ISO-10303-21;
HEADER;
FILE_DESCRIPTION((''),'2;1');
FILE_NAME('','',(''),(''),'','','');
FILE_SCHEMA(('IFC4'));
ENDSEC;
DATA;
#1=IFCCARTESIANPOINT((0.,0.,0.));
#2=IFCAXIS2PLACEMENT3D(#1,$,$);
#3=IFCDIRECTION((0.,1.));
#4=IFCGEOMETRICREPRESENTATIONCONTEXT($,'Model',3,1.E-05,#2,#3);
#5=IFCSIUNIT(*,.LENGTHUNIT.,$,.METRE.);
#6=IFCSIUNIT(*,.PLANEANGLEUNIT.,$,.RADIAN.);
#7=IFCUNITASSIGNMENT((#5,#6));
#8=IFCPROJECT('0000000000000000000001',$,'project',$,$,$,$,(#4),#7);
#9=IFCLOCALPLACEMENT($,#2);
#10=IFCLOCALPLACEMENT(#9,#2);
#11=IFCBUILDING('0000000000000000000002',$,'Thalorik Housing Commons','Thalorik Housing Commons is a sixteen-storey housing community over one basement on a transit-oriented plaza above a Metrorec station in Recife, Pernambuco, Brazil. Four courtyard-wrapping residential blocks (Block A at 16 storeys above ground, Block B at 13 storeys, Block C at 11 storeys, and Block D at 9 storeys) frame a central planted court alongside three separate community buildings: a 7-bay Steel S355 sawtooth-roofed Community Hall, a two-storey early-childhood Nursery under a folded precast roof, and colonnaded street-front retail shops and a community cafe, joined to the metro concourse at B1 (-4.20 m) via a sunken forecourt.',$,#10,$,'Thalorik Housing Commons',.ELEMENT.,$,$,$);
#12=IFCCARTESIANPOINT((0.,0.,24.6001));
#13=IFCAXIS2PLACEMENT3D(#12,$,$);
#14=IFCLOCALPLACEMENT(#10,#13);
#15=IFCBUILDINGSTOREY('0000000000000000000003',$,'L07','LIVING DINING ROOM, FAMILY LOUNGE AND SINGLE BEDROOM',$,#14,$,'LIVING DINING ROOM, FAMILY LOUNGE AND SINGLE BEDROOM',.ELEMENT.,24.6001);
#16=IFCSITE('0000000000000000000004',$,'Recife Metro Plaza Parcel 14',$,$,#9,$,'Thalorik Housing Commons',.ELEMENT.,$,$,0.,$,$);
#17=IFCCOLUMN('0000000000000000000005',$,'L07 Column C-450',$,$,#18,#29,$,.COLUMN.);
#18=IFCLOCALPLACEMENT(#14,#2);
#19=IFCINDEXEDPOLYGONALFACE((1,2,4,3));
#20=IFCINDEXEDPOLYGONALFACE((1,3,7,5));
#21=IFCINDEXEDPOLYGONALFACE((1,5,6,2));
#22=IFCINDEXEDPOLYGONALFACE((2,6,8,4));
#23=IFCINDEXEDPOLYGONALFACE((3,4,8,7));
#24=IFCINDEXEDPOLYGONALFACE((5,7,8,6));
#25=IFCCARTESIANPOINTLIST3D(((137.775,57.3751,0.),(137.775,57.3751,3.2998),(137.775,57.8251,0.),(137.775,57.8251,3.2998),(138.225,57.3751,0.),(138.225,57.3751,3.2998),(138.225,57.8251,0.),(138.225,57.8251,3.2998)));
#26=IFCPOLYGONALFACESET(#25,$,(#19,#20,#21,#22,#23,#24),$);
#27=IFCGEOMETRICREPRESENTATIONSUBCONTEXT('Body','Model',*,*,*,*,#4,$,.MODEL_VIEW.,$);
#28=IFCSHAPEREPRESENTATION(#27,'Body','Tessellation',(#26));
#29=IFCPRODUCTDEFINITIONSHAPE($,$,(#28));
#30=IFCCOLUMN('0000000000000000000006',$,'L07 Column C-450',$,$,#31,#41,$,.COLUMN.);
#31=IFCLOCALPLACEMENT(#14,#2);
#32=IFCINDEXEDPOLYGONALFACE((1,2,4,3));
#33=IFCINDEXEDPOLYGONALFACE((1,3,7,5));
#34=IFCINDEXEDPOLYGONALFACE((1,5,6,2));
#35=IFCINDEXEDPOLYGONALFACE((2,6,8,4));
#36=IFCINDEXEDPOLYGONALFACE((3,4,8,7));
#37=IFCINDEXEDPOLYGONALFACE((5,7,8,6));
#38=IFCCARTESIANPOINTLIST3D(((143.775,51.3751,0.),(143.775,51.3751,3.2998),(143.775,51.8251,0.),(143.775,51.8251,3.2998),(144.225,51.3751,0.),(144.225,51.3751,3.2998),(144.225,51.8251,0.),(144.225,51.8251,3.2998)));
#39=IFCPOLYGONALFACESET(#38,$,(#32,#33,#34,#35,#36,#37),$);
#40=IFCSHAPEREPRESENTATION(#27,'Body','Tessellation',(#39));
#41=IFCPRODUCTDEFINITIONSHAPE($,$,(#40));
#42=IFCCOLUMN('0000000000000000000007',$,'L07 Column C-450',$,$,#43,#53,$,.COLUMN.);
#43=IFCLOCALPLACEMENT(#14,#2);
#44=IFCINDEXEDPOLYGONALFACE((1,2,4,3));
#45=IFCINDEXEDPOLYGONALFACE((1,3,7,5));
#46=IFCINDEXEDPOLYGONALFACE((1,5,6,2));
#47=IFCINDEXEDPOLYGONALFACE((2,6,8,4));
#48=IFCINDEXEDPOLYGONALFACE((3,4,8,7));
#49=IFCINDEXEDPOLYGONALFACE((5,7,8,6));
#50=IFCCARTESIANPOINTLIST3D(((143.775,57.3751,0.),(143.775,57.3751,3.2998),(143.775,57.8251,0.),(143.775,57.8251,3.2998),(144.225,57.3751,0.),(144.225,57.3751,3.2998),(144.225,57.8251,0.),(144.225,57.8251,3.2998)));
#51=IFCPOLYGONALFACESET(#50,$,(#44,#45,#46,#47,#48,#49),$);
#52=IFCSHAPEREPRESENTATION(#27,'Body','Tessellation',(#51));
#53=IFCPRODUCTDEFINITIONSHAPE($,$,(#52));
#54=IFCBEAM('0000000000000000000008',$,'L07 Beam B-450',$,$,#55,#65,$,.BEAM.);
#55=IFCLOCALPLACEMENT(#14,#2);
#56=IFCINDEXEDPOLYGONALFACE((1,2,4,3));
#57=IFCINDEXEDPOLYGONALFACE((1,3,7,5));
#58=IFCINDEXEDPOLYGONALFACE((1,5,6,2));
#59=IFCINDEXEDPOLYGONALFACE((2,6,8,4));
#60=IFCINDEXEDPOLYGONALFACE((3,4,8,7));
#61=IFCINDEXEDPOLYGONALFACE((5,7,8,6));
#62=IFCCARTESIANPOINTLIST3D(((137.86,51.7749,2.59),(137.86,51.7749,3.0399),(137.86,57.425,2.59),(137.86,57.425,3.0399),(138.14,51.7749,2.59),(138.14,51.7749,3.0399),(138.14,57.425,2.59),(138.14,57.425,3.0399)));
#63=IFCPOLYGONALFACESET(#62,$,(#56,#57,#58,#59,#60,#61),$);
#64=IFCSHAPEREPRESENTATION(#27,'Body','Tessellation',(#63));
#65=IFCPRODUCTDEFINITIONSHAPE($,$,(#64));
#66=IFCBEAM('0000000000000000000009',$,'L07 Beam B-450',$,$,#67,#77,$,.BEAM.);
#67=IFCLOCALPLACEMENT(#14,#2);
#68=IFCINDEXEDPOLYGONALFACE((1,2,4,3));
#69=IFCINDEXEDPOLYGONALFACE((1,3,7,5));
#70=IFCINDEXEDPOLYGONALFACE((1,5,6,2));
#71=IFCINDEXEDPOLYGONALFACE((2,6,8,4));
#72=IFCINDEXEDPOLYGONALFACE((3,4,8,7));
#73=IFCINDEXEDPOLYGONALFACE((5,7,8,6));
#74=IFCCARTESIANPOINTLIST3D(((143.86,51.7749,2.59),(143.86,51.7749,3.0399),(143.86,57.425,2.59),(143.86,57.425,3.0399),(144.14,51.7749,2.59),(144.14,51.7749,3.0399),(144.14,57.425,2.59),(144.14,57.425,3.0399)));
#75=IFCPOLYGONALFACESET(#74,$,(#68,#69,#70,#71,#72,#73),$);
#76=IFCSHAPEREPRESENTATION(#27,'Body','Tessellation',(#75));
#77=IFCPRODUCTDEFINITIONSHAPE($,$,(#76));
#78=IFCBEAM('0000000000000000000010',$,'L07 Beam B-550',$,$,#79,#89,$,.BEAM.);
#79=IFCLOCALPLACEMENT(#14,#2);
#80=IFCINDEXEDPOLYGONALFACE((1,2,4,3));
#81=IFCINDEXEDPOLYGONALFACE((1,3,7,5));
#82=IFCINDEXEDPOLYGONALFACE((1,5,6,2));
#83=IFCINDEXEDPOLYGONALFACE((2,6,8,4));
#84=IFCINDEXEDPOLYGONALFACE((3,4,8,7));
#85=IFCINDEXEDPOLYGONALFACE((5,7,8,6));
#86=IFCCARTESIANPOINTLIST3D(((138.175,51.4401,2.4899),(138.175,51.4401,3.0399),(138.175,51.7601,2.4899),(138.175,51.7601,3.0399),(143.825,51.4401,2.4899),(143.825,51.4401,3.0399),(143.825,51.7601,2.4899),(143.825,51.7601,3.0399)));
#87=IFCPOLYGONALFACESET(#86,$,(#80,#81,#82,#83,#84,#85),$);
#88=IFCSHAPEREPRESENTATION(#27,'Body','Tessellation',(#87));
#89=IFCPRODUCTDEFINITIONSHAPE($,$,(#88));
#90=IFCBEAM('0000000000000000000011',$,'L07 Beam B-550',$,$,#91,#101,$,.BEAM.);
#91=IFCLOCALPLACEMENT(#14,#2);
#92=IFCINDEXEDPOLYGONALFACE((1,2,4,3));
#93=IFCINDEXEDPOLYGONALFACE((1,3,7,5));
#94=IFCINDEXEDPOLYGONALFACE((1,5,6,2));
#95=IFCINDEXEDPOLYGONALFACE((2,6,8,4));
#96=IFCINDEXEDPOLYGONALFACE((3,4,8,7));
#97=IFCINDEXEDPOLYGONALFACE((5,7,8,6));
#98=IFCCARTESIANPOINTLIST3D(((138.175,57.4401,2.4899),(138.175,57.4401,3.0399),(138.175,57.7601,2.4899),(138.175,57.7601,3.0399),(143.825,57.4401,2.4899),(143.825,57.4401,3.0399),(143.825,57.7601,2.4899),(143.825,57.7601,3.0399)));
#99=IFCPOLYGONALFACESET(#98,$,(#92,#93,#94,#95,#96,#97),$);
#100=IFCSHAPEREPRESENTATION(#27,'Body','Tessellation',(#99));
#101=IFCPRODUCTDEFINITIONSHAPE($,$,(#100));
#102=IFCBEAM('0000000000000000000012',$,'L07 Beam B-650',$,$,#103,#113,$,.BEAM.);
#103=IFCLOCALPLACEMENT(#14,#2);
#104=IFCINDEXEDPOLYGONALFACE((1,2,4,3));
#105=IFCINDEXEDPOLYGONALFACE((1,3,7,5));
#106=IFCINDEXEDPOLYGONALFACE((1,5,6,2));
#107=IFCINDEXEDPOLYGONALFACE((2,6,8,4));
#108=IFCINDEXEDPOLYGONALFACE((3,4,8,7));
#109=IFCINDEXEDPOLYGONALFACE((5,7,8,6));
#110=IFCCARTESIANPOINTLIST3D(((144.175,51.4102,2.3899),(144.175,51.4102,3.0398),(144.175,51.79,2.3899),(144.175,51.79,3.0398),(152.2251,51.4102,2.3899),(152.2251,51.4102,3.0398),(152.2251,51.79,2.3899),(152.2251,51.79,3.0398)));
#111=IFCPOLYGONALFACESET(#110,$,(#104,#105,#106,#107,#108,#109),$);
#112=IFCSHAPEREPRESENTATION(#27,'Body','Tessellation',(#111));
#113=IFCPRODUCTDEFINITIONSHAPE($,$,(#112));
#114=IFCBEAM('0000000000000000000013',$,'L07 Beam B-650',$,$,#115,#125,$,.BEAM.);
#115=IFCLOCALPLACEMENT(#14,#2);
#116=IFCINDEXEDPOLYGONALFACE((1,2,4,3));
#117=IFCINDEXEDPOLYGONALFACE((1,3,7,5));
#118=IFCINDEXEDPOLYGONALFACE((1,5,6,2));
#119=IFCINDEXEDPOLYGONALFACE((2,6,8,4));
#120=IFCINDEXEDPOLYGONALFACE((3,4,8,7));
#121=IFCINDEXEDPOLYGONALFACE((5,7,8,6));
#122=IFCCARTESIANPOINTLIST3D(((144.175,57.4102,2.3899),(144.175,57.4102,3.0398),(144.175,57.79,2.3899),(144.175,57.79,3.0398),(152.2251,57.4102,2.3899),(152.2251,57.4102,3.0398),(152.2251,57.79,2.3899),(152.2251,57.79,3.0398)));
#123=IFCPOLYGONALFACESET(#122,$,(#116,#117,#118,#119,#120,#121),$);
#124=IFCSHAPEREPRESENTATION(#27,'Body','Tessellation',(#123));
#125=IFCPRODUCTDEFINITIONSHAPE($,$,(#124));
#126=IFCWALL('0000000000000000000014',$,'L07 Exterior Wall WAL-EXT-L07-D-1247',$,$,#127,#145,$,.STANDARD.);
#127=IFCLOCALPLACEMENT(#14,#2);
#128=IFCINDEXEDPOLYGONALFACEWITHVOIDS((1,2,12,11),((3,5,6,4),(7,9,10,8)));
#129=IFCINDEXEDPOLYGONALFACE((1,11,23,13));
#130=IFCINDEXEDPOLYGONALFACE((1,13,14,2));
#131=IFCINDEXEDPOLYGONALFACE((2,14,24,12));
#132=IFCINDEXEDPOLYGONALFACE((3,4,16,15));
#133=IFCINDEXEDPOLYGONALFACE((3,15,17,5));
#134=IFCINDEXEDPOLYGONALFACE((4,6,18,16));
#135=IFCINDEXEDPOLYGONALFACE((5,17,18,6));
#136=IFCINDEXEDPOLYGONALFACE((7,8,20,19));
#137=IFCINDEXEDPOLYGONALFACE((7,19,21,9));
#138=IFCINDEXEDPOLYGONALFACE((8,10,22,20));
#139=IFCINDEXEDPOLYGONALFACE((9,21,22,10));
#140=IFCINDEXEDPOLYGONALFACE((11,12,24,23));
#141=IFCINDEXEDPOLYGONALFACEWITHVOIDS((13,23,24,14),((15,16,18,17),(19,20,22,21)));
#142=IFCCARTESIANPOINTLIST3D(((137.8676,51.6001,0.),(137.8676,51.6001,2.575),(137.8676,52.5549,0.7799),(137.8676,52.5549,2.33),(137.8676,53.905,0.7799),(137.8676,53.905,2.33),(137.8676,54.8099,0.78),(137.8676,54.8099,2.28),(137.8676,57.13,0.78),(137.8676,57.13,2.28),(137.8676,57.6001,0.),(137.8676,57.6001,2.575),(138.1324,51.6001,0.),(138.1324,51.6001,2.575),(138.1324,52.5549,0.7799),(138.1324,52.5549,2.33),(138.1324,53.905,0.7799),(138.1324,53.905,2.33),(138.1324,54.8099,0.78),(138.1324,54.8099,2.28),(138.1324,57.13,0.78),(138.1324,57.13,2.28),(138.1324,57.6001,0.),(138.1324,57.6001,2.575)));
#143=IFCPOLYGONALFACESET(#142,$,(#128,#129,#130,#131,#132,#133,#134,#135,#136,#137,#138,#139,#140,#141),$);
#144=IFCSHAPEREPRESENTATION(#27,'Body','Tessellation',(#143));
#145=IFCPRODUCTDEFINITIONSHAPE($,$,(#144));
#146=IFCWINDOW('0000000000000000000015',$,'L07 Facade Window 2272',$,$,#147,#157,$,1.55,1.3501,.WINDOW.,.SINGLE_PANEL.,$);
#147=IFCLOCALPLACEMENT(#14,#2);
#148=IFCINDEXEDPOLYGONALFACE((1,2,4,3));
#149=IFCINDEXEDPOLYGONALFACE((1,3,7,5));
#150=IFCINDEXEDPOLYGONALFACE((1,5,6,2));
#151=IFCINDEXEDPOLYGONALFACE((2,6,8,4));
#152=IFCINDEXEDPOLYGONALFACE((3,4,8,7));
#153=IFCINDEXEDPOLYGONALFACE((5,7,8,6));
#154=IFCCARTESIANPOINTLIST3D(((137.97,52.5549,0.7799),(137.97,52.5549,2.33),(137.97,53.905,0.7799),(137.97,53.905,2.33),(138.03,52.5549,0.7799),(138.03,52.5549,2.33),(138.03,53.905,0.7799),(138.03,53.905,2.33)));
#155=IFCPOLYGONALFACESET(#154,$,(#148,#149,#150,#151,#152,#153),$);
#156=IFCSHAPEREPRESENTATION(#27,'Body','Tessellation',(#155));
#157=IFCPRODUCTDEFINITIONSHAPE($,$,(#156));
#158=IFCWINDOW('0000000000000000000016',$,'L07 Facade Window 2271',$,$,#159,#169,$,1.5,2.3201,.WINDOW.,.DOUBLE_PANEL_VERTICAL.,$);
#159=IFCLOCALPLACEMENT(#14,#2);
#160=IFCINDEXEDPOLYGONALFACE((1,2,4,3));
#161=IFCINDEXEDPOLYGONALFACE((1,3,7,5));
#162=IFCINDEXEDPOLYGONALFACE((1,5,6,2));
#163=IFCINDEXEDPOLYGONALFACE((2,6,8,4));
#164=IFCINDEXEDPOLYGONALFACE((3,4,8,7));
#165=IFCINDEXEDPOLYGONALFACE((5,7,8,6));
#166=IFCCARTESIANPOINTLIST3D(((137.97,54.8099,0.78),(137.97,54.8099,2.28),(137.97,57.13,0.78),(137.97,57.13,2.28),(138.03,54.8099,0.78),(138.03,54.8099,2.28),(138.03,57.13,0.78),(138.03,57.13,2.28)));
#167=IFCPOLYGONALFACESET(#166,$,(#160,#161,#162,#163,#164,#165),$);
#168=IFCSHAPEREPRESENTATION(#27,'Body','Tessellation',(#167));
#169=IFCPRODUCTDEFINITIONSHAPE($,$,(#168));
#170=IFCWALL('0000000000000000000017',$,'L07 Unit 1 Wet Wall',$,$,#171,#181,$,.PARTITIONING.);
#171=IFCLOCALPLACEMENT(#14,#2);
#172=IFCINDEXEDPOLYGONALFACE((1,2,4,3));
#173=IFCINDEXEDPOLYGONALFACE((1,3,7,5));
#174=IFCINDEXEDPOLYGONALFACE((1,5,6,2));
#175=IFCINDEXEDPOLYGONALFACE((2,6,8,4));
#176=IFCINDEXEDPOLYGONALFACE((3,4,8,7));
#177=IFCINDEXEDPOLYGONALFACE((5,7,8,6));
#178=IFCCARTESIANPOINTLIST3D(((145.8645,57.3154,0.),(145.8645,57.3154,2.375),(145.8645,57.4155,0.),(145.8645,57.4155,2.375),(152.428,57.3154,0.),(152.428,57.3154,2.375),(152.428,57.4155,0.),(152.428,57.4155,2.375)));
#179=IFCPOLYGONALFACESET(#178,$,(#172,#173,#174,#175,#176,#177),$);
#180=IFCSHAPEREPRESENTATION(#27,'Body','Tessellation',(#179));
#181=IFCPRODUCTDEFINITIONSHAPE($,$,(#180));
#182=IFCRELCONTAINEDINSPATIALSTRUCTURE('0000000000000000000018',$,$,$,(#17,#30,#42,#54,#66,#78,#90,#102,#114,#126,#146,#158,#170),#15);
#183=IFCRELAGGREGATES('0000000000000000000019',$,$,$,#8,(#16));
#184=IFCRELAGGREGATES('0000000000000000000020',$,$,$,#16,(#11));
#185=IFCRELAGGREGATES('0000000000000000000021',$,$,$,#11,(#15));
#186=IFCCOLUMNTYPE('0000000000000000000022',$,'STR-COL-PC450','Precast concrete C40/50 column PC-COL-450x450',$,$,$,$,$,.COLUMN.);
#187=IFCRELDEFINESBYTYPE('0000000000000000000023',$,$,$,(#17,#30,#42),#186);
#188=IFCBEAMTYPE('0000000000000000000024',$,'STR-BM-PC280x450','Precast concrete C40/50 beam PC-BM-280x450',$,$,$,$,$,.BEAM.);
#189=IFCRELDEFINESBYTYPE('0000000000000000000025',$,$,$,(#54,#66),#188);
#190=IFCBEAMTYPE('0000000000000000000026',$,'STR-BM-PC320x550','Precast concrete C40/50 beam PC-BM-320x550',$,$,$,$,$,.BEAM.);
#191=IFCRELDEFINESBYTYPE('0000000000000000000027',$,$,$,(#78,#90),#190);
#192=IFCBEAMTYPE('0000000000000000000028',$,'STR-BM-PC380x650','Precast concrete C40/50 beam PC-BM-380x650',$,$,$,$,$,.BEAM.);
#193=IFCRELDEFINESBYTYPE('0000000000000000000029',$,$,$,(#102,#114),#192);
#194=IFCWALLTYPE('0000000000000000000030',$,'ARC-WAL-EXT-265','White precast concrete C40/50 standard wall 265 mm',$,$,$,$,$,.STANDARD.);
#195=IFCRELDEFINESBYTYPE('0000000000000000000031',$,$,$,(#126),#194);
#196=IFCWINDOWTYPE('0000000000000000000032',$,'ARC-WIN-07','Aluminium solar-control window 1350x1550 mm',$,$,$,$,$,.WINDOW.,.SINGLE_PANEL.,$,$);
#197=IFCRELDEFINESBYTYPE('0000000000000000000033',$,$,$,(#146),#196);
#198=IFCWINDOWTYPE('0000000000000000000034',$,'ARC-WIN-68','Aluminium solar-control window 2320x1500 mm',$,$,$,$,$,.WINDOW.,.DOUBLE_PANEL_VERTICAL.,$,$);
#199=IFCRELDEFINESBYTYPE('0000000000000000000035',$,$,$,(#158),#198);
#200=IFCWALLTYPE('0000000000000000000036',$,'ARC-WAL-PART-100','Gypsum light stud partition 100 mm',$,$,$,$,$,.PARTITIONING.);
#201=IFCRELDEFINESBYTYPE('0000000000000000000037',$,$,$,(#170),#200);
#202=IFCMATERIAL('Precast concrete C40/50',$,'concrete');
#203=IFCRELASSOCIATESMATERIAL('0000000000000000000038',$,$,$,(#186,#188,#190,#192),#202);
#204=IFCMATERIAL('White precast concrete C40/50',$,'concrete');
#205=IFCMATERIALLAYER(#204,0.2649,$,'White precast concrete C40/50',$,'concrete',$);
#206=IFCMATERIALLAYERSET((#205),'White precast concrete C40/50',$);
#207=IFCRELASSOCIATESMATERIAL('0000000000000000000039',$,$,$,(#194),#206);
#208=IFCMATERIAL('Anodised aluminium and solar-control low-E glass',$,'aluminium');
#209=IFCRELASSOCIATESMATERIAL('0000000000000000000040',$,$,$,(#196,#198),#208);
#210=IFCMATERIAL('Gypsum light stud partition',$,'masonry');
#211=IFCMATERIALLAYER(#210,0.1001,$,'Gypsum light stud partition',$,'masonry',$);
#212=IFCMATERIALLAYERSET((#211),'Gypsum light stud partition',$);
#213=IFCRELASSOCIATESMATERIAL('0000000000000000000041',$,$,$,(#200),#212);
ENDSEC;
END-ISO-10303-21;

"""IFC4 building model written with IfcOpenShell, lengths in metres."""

from ifc_helpers import new_model, si_unit, direction, frame, frame_2d, origin, origin_2d, place, context, subcontext, project, spatial, rectangle, extrude, material, layer, layer_set, material_profile, profile_set, type_object, element, fill, save


model = new_model("IFC4")

# Units and contexts
model_context = context("Model", 3, precision=1e-05, world=origin(), true_north=direction((0.0, 1.0)))
body_context = subcontext(model_context, "Body", "Model", "MODEL_VIEW")
ifc_project = project(units=[si_unit("LENGTHUNIT", "METRE"), si_unit("PLANEANGLEUNIT", "RADIAN")], contexts=[model_context])

# Site, building, storey
site_placement = place(None, origin())
site = spatial("IfcSite", under=ifc_project, at=site_placement, Name="Recife Metro Plaza Parcel 14", LongName="Thalorik Housing Commons", CompositionType="ELEMENT", RefElevation=0.0)
building_placement = place(site_placement, origin())
building = spatial("IfcBuilding", under=site, at=building_placement, Name="Thalorik Housing Commons", Description="Thalorik Housing Commons is a sixteen-storey housing community over one basement on a transit-oriented plaza above a Metrorec station in Recife, Pernambuco, Brazil. Four courtyard-wrapping residential blocks (Block A at 16 storeys above ground, Block B at 13 storeys, Block C at 11 storeys, and Block D at 9 storeys) frame a central planted court alongside three separate community buildings: a 7-bay Steel S355 sawtooth-roofed Community Hall, a two-storey early-childhood Nursery under a folded precast roof, and colonnaded street-front retail shops and a community cafe, joined to the metro concourse at B1 (-4.20 m) via a sunken forecourt.", LongName="Thalorik Housing Commons", CompositionType="ELEMENT")
storey_placement = place(building_placement, frame((0.0, 0.0, 24.6001)))
storey = spatial("IfcBuildingStorey", under=building, at=storey_placement, Name="L07", Description="LIVING DINING ROOM, FAMILY LOUNGE AND SINGLE BEDROOM", LongName="LIVING DINING ROOM, FAMILY LOUNGE AND SINGLE BEDROOM", CompositionType="ELEMENT", Elevation=24.6001)

# Columns
ifc_material_1 = material(Name="Precast concrete C40/50", Category="concrete")
ifc_material_profile_1 = material_profile(ifc_material_1, rectangle(XDim=0.45, YDim=0.45, at=origin_2d()), Name="PC 450x450", Category="concrete")
ifc_profile_set_1 = profile_set([ifc_material_profile_1], Name="Precast concrete C40/50")
column_type = type_object("IfcColumnType", Name="STR-COL-PC450", Description="Precast concrete C40/50 column PC-COL-450x450", PredefinedType="COLUMN", material=ifc_profile_set_1)
for number, where, z_axis, x_axis, name in (
    (1, (138.0, 57.6001, 0.0), (0.0, 0.0, 1.0), (1.0, 0.0, 0.0), "L07 Column C-450"),
    (2, (144.0, 51.6001, 0.0), (0.0, 0.0, 1.0), (1.0, 0.0, 0.0), "L07 Column C-450"),
    (3, (144.0, 57.6001, 0.0), (0.0, 0.0, 1.0), (1.0, 0.0, 0.0), "L07 Column C-450"),
):
    element("IfcColumn", number, at=place(storey_placement, frame(where, z_axis=z_axis, x_axis=x_axis)), inside=storey, type_object=column_type, Name=name, PredefinedType="COLUMN", context=body_context, shape_type="SweptSolid", body=[
        extrude(rectangle(XDim=0.45, YDim=0.45, at=origin_2d()), origin(), (0.0, 0.0, 1.0), 3.2998),
    ])

# Beams
ifc_material_profile_2 = material_profile(ifc_material_1, rectangle(XDim=0.28, YDim=0.45, at=origin_2d()), Name="PC 280x450", Category="concrete")
ifc_profile_set_2 = profile_set([ifc_material_profile_2], Name="Precast concrete C40/50")
beam_type_1 = type_object("IfcBeamType", Name="STR-BM-PC280x450", Description="Precast concrete C40/50 beam PC-BM-280x450", PredefinedType="BEAM", material=ifc_profile_set_2)
for number, where, z_axis, x_axis, name in (
    (4, (138.0, 51.7749, 2.8149), (0.0, 1.0, 0.0), (-1.0, 0.0, 0.0), "L07 Beam B-450"),
    (5, (144.0, 51.7749, 2.8149), (0.0, 1.0, 0.0), (-1.0, 0.0, 0.0), "L07 Beam B-450"),
):
    element("IfcBeam", number, at=place(storey_placement, frame(where, z_axis=z_axis, x_axis=x_axis)), inside=storey, type_object=beam_type_1, Name=name, PredefinedType="BEAM", context=body_context, shape_type="SweptSolid", body=[
        extrude(rectangle(XDim=0.28, YDim=0.45, at=origin_2d()), origin(), (0.0, 0.0, 1.0), 5.6501),
    ])
ifc_material_profile_3 = material_profile(ifc_material_1, rectangle(XDim=0.3201, YDim=0.55, at=origin_2d()), Name="PC 320x550", Category="concrete")
ifc_profile_set_3 = profile_set([ifc_material_profile_3], Name="Precast concrete C40/50")
beam_type_2 = type_object("IfcBeamType", Name="STR-BM-PC320x550", Description="Precast concrete C40/50 beam PC-BM-320x550", PredefinedType="BEAM", material=ifc_profile_set_3)
for number, where, z_axis, x_axis, name in (
    (6, (138.175, 51.6001, 2.7649), (1.0, 0.0, 0.0), (0.0, 1.0, 0.0), "L07 Beam B-550"),
    (7, (138.175, 57.6001, 2.7649), (1.0, 0.0, 0.0), (0.0, 1.0, 0.0), "L07 Beam B-550"),
):
    element("IfcBeam", number, at=place(storey_placement, frame(where, z_axis=z_axis, x_axis=x_axis)), inside=storey, type_object=beam_type_2, Name=name, PredefinedType="BEAM", context=body_context, shape_type="SweptSolid", body=[
        extrude(rectangle(XDim=0.3201, YDim=0.55, at=origin_2d()), origin(), (0.0, 0.0, 1.0), 5.6499),
    ])
ifc_material_profile_4 = material_profile(ifc_material_1, rectangle(XDim=0.3799, YDim=0.6499, at=origin_2d()), Name="PC 380x650", Category="concrete")
ifc_profile_set_4 = profile_set([ifc_material_profile_4], Name="Precast concrete C40/50")
beam_type_3 = type_object("IfcBeamType", Name="STR-BM-PC380x650", Description="Precast concrete C40/50 beam PC-BM-380x650", PredefinedType="BEAM", material=ifc_profile_set_4)
for number, where, z_axis, x_axis, name in (
    (8, (144.175, 51.6001, 2.7148), (1.0, 0.0, 0.0), (0.0, 1.0, 0.0), "L07 Beam B-650"),
    (9, (144.175, 57.6001, 2.7148), (1.0, 0.0, 0.0), (0.0, 1.0, 0.0), "L07 Beam B-650"),
):
    element("IfcBeam", number, at=place(storey_placement, frame(where, z_axis=z_axis, x_axis=x_axis)), inside=storey, type_object=beam_type_3, Name=name, PredefinedType="BEAM", context=body_context, shape_type="SweptSolid", body=[
        extrude(rectangle(XDim=0.3799, YDim=0.6499, at=origin_2d()), origin(), (0.0, 0.0, 1.0), 8.05),
    ])

# Wall, openings, windows
ifc_material_2 = material(Name="White precast concrete C40/50", Category="concrete")
ifc_layer_1 = layer(ifc_material_2, 0.2649, Name="White precast concrete C40/50", Category="concrete")
ifc_layer_set_1 = layer_set([ifc_layer_1], Name="White precast concrete C40/50")
wall_type_1 = type_object("IfcWallType", Name="ARC-WAL-EXT-265", Description="White precast concrete C40/50 standard wall 265 mm", PredefinedType="STANDARD", material=ifc_layer_set_1)
wall_1_placement = place(storey_placement, frame((138.0, 57.6001, 0.0), z_axis=(0.0, 0.0, 1.0), x_axis=(0.0, -1.0, 0.0)))
wall_1 = element("IfcWall", 10, at=wall_1_placement, inside=storey, type_object=wall_type_1, Name="L07 Exterior Wall WAL-EXT-L07-D-1247", PredefinedType="STANDARD", context=body_context, shape_type="SweptSolid", body=[
    extrude(rectangle(XDim=6.0, YDim=0.2649, at=frame_2d((3.0, 0.0))), origin(), (0.0, 0.0, 1.0), 2.575),
])
opening_1_placement = place(wall_1_placement, frame((0.47, 0.0, 0.78)))
opening_1 = element("IfcOpeningElement", 11, at=opening_1_placement, cuts=wall_1, PredefinedType="OPENING", context=body_context, shape_type="SweptSolid", body=[
    extrude(rectangle(XDim=2.3201, YDim=1.5, at=frame_2d((1.1602, 0.75))), frame((0.0, 0.1426, 0.0), z_axis=(0.0, -1.0, 0.0), x_axis=(1.0, 0.0, 0.0)), (0.0, 0.0, 1.0), 0.2849),
])
opening_2_placement = place(wall_1_placement, frame((3.6951, 0.0, 0.78)))
opening_2 = element("IfcOpeningElement", 12, at=opening_2_placement, cuts=wall_1, PredefinedType="OPENING", context=body_context, shape_type="SweptSolid", body=[
    extrude(rectangle(XDim=1.3501, YDim=1.55, at=frame_2d((0.675, 0.7749))), frame((0.0, 0.1426, 0.0), z_axis=(0.0, -1.0, 0.0), x_axis=(1.0, 0.0, 0.0)), (0.0, 0.0, 1.0), 0.2849),
])
ifc_material_3 = material(Name="Anodised aluminium and solar-control low-E glass", Category="aluminium")
window_type_1 = type_object("IfcWindowType", Name="ARC-WIN-07", Description="Aluminium solar-control window 1350x1550 mm", PartitioningType="SINGLE_PANEL", PredefinedType="WINDOW", material=ifc_material_3)
window_1_placement = place(opening_2_placement, origin())
window_1 = element("IfcWindow", 13, at=window_1_placement, inside=storey, type_object=window_type_1, Name="L07 Facade Window 2272", OverallHeight=1.55, OverallWidth=1.3501, PartitioningType="SINGLE_PANEL", PredefinedType="WINDOW", context=body_context, shape_type="SweptSolid", body=[
    extrude(rectangle(XDim=1.3501, YDim=1.55, at=frame_2d((0.675, 0.7749))), frame((0.0, 0.03, 0.0), z_axis=(0.0, -1.0, 0.0), x_axis=(1.0, 0.0, 0.0)), (0.0, 0.0, 1.0), 0.0601),
])
fill(opening_2, window_1)
window_type_2 = type_object("IfcWindowType", Name="ARC-WIN-68", Description="Aluminium solar-control window 2320x1500 mm", PartitioningType="DOUBLE_PANEL_VERTICAL", PredefinedType="WINDOW", material=ifc_material_3)
window_2_placement = place(opening_1_placement, origin())
window_2 = element("IfcWindow", 14, at=window_2_placement, inside=storey, type_object=window_type_2, Name="L07 Facade Window 2271", OverallHeight=1.5, OverallWidth=2.3201, PartitioningType="DOUBLE_PANEL_VERTICAL", PredefinedType="WINDOW", context=body_context, shape_type="SweptSolid", body=[
    extrude(rectangle(XDim=2.3201, YDim=1.5, at=frame_2d((1.1602, 0.75))), frame((0.0, 0.03, 0.0), z_axis=(0.0, -1.0, 0.0), x_axis=(1.0, 0.0, 0.0)), (0.0, 0.0, 1.0), 0.0601),
])
fill(opening_1, window_2)

# Wall
ifc_material_4 = material(Name="Gypsum light stud partition", Category="masonry")
ifc_layer_2 = layer(ifc_material_4, 0.1001, Name="Gypsum light stud partition", Category="masonry")
ifc_layer_set_2 = layer_set([ifc_layer_2], Name="Gypsum light stud partition")
wall_type_2 = type_object("IfcWallType", Name="ARC-WAL-PART-100", Description="Gypsum light stud partition 100 mm", PredefinedType="PARTITIONING", material=ifc_layer_set_2)
wall_2_placement = place(storey_placement, frame((145.8645, 57.3655, 0.0), z_axis=(0.0, 0.0, 1.0), x_axis=(1.0, 0.0, 0.0)))
element("IfcWall", 15, at=wall_2_placement, inside=storey, type_object=wall_type_2, Name="L07 Unit 1 Wet Wall", PredefinedType="PARTITIONING", context=body_context, shape_type="SweptSolid", body=[
    extrude(rectangle(XDim=6.5635, YDim=0.1001, at=frame_2d((3.2817, 0.0))), origin(), (0.0, 0.0, 1.0), 2.375),
])

save(model, "model.ifc")
